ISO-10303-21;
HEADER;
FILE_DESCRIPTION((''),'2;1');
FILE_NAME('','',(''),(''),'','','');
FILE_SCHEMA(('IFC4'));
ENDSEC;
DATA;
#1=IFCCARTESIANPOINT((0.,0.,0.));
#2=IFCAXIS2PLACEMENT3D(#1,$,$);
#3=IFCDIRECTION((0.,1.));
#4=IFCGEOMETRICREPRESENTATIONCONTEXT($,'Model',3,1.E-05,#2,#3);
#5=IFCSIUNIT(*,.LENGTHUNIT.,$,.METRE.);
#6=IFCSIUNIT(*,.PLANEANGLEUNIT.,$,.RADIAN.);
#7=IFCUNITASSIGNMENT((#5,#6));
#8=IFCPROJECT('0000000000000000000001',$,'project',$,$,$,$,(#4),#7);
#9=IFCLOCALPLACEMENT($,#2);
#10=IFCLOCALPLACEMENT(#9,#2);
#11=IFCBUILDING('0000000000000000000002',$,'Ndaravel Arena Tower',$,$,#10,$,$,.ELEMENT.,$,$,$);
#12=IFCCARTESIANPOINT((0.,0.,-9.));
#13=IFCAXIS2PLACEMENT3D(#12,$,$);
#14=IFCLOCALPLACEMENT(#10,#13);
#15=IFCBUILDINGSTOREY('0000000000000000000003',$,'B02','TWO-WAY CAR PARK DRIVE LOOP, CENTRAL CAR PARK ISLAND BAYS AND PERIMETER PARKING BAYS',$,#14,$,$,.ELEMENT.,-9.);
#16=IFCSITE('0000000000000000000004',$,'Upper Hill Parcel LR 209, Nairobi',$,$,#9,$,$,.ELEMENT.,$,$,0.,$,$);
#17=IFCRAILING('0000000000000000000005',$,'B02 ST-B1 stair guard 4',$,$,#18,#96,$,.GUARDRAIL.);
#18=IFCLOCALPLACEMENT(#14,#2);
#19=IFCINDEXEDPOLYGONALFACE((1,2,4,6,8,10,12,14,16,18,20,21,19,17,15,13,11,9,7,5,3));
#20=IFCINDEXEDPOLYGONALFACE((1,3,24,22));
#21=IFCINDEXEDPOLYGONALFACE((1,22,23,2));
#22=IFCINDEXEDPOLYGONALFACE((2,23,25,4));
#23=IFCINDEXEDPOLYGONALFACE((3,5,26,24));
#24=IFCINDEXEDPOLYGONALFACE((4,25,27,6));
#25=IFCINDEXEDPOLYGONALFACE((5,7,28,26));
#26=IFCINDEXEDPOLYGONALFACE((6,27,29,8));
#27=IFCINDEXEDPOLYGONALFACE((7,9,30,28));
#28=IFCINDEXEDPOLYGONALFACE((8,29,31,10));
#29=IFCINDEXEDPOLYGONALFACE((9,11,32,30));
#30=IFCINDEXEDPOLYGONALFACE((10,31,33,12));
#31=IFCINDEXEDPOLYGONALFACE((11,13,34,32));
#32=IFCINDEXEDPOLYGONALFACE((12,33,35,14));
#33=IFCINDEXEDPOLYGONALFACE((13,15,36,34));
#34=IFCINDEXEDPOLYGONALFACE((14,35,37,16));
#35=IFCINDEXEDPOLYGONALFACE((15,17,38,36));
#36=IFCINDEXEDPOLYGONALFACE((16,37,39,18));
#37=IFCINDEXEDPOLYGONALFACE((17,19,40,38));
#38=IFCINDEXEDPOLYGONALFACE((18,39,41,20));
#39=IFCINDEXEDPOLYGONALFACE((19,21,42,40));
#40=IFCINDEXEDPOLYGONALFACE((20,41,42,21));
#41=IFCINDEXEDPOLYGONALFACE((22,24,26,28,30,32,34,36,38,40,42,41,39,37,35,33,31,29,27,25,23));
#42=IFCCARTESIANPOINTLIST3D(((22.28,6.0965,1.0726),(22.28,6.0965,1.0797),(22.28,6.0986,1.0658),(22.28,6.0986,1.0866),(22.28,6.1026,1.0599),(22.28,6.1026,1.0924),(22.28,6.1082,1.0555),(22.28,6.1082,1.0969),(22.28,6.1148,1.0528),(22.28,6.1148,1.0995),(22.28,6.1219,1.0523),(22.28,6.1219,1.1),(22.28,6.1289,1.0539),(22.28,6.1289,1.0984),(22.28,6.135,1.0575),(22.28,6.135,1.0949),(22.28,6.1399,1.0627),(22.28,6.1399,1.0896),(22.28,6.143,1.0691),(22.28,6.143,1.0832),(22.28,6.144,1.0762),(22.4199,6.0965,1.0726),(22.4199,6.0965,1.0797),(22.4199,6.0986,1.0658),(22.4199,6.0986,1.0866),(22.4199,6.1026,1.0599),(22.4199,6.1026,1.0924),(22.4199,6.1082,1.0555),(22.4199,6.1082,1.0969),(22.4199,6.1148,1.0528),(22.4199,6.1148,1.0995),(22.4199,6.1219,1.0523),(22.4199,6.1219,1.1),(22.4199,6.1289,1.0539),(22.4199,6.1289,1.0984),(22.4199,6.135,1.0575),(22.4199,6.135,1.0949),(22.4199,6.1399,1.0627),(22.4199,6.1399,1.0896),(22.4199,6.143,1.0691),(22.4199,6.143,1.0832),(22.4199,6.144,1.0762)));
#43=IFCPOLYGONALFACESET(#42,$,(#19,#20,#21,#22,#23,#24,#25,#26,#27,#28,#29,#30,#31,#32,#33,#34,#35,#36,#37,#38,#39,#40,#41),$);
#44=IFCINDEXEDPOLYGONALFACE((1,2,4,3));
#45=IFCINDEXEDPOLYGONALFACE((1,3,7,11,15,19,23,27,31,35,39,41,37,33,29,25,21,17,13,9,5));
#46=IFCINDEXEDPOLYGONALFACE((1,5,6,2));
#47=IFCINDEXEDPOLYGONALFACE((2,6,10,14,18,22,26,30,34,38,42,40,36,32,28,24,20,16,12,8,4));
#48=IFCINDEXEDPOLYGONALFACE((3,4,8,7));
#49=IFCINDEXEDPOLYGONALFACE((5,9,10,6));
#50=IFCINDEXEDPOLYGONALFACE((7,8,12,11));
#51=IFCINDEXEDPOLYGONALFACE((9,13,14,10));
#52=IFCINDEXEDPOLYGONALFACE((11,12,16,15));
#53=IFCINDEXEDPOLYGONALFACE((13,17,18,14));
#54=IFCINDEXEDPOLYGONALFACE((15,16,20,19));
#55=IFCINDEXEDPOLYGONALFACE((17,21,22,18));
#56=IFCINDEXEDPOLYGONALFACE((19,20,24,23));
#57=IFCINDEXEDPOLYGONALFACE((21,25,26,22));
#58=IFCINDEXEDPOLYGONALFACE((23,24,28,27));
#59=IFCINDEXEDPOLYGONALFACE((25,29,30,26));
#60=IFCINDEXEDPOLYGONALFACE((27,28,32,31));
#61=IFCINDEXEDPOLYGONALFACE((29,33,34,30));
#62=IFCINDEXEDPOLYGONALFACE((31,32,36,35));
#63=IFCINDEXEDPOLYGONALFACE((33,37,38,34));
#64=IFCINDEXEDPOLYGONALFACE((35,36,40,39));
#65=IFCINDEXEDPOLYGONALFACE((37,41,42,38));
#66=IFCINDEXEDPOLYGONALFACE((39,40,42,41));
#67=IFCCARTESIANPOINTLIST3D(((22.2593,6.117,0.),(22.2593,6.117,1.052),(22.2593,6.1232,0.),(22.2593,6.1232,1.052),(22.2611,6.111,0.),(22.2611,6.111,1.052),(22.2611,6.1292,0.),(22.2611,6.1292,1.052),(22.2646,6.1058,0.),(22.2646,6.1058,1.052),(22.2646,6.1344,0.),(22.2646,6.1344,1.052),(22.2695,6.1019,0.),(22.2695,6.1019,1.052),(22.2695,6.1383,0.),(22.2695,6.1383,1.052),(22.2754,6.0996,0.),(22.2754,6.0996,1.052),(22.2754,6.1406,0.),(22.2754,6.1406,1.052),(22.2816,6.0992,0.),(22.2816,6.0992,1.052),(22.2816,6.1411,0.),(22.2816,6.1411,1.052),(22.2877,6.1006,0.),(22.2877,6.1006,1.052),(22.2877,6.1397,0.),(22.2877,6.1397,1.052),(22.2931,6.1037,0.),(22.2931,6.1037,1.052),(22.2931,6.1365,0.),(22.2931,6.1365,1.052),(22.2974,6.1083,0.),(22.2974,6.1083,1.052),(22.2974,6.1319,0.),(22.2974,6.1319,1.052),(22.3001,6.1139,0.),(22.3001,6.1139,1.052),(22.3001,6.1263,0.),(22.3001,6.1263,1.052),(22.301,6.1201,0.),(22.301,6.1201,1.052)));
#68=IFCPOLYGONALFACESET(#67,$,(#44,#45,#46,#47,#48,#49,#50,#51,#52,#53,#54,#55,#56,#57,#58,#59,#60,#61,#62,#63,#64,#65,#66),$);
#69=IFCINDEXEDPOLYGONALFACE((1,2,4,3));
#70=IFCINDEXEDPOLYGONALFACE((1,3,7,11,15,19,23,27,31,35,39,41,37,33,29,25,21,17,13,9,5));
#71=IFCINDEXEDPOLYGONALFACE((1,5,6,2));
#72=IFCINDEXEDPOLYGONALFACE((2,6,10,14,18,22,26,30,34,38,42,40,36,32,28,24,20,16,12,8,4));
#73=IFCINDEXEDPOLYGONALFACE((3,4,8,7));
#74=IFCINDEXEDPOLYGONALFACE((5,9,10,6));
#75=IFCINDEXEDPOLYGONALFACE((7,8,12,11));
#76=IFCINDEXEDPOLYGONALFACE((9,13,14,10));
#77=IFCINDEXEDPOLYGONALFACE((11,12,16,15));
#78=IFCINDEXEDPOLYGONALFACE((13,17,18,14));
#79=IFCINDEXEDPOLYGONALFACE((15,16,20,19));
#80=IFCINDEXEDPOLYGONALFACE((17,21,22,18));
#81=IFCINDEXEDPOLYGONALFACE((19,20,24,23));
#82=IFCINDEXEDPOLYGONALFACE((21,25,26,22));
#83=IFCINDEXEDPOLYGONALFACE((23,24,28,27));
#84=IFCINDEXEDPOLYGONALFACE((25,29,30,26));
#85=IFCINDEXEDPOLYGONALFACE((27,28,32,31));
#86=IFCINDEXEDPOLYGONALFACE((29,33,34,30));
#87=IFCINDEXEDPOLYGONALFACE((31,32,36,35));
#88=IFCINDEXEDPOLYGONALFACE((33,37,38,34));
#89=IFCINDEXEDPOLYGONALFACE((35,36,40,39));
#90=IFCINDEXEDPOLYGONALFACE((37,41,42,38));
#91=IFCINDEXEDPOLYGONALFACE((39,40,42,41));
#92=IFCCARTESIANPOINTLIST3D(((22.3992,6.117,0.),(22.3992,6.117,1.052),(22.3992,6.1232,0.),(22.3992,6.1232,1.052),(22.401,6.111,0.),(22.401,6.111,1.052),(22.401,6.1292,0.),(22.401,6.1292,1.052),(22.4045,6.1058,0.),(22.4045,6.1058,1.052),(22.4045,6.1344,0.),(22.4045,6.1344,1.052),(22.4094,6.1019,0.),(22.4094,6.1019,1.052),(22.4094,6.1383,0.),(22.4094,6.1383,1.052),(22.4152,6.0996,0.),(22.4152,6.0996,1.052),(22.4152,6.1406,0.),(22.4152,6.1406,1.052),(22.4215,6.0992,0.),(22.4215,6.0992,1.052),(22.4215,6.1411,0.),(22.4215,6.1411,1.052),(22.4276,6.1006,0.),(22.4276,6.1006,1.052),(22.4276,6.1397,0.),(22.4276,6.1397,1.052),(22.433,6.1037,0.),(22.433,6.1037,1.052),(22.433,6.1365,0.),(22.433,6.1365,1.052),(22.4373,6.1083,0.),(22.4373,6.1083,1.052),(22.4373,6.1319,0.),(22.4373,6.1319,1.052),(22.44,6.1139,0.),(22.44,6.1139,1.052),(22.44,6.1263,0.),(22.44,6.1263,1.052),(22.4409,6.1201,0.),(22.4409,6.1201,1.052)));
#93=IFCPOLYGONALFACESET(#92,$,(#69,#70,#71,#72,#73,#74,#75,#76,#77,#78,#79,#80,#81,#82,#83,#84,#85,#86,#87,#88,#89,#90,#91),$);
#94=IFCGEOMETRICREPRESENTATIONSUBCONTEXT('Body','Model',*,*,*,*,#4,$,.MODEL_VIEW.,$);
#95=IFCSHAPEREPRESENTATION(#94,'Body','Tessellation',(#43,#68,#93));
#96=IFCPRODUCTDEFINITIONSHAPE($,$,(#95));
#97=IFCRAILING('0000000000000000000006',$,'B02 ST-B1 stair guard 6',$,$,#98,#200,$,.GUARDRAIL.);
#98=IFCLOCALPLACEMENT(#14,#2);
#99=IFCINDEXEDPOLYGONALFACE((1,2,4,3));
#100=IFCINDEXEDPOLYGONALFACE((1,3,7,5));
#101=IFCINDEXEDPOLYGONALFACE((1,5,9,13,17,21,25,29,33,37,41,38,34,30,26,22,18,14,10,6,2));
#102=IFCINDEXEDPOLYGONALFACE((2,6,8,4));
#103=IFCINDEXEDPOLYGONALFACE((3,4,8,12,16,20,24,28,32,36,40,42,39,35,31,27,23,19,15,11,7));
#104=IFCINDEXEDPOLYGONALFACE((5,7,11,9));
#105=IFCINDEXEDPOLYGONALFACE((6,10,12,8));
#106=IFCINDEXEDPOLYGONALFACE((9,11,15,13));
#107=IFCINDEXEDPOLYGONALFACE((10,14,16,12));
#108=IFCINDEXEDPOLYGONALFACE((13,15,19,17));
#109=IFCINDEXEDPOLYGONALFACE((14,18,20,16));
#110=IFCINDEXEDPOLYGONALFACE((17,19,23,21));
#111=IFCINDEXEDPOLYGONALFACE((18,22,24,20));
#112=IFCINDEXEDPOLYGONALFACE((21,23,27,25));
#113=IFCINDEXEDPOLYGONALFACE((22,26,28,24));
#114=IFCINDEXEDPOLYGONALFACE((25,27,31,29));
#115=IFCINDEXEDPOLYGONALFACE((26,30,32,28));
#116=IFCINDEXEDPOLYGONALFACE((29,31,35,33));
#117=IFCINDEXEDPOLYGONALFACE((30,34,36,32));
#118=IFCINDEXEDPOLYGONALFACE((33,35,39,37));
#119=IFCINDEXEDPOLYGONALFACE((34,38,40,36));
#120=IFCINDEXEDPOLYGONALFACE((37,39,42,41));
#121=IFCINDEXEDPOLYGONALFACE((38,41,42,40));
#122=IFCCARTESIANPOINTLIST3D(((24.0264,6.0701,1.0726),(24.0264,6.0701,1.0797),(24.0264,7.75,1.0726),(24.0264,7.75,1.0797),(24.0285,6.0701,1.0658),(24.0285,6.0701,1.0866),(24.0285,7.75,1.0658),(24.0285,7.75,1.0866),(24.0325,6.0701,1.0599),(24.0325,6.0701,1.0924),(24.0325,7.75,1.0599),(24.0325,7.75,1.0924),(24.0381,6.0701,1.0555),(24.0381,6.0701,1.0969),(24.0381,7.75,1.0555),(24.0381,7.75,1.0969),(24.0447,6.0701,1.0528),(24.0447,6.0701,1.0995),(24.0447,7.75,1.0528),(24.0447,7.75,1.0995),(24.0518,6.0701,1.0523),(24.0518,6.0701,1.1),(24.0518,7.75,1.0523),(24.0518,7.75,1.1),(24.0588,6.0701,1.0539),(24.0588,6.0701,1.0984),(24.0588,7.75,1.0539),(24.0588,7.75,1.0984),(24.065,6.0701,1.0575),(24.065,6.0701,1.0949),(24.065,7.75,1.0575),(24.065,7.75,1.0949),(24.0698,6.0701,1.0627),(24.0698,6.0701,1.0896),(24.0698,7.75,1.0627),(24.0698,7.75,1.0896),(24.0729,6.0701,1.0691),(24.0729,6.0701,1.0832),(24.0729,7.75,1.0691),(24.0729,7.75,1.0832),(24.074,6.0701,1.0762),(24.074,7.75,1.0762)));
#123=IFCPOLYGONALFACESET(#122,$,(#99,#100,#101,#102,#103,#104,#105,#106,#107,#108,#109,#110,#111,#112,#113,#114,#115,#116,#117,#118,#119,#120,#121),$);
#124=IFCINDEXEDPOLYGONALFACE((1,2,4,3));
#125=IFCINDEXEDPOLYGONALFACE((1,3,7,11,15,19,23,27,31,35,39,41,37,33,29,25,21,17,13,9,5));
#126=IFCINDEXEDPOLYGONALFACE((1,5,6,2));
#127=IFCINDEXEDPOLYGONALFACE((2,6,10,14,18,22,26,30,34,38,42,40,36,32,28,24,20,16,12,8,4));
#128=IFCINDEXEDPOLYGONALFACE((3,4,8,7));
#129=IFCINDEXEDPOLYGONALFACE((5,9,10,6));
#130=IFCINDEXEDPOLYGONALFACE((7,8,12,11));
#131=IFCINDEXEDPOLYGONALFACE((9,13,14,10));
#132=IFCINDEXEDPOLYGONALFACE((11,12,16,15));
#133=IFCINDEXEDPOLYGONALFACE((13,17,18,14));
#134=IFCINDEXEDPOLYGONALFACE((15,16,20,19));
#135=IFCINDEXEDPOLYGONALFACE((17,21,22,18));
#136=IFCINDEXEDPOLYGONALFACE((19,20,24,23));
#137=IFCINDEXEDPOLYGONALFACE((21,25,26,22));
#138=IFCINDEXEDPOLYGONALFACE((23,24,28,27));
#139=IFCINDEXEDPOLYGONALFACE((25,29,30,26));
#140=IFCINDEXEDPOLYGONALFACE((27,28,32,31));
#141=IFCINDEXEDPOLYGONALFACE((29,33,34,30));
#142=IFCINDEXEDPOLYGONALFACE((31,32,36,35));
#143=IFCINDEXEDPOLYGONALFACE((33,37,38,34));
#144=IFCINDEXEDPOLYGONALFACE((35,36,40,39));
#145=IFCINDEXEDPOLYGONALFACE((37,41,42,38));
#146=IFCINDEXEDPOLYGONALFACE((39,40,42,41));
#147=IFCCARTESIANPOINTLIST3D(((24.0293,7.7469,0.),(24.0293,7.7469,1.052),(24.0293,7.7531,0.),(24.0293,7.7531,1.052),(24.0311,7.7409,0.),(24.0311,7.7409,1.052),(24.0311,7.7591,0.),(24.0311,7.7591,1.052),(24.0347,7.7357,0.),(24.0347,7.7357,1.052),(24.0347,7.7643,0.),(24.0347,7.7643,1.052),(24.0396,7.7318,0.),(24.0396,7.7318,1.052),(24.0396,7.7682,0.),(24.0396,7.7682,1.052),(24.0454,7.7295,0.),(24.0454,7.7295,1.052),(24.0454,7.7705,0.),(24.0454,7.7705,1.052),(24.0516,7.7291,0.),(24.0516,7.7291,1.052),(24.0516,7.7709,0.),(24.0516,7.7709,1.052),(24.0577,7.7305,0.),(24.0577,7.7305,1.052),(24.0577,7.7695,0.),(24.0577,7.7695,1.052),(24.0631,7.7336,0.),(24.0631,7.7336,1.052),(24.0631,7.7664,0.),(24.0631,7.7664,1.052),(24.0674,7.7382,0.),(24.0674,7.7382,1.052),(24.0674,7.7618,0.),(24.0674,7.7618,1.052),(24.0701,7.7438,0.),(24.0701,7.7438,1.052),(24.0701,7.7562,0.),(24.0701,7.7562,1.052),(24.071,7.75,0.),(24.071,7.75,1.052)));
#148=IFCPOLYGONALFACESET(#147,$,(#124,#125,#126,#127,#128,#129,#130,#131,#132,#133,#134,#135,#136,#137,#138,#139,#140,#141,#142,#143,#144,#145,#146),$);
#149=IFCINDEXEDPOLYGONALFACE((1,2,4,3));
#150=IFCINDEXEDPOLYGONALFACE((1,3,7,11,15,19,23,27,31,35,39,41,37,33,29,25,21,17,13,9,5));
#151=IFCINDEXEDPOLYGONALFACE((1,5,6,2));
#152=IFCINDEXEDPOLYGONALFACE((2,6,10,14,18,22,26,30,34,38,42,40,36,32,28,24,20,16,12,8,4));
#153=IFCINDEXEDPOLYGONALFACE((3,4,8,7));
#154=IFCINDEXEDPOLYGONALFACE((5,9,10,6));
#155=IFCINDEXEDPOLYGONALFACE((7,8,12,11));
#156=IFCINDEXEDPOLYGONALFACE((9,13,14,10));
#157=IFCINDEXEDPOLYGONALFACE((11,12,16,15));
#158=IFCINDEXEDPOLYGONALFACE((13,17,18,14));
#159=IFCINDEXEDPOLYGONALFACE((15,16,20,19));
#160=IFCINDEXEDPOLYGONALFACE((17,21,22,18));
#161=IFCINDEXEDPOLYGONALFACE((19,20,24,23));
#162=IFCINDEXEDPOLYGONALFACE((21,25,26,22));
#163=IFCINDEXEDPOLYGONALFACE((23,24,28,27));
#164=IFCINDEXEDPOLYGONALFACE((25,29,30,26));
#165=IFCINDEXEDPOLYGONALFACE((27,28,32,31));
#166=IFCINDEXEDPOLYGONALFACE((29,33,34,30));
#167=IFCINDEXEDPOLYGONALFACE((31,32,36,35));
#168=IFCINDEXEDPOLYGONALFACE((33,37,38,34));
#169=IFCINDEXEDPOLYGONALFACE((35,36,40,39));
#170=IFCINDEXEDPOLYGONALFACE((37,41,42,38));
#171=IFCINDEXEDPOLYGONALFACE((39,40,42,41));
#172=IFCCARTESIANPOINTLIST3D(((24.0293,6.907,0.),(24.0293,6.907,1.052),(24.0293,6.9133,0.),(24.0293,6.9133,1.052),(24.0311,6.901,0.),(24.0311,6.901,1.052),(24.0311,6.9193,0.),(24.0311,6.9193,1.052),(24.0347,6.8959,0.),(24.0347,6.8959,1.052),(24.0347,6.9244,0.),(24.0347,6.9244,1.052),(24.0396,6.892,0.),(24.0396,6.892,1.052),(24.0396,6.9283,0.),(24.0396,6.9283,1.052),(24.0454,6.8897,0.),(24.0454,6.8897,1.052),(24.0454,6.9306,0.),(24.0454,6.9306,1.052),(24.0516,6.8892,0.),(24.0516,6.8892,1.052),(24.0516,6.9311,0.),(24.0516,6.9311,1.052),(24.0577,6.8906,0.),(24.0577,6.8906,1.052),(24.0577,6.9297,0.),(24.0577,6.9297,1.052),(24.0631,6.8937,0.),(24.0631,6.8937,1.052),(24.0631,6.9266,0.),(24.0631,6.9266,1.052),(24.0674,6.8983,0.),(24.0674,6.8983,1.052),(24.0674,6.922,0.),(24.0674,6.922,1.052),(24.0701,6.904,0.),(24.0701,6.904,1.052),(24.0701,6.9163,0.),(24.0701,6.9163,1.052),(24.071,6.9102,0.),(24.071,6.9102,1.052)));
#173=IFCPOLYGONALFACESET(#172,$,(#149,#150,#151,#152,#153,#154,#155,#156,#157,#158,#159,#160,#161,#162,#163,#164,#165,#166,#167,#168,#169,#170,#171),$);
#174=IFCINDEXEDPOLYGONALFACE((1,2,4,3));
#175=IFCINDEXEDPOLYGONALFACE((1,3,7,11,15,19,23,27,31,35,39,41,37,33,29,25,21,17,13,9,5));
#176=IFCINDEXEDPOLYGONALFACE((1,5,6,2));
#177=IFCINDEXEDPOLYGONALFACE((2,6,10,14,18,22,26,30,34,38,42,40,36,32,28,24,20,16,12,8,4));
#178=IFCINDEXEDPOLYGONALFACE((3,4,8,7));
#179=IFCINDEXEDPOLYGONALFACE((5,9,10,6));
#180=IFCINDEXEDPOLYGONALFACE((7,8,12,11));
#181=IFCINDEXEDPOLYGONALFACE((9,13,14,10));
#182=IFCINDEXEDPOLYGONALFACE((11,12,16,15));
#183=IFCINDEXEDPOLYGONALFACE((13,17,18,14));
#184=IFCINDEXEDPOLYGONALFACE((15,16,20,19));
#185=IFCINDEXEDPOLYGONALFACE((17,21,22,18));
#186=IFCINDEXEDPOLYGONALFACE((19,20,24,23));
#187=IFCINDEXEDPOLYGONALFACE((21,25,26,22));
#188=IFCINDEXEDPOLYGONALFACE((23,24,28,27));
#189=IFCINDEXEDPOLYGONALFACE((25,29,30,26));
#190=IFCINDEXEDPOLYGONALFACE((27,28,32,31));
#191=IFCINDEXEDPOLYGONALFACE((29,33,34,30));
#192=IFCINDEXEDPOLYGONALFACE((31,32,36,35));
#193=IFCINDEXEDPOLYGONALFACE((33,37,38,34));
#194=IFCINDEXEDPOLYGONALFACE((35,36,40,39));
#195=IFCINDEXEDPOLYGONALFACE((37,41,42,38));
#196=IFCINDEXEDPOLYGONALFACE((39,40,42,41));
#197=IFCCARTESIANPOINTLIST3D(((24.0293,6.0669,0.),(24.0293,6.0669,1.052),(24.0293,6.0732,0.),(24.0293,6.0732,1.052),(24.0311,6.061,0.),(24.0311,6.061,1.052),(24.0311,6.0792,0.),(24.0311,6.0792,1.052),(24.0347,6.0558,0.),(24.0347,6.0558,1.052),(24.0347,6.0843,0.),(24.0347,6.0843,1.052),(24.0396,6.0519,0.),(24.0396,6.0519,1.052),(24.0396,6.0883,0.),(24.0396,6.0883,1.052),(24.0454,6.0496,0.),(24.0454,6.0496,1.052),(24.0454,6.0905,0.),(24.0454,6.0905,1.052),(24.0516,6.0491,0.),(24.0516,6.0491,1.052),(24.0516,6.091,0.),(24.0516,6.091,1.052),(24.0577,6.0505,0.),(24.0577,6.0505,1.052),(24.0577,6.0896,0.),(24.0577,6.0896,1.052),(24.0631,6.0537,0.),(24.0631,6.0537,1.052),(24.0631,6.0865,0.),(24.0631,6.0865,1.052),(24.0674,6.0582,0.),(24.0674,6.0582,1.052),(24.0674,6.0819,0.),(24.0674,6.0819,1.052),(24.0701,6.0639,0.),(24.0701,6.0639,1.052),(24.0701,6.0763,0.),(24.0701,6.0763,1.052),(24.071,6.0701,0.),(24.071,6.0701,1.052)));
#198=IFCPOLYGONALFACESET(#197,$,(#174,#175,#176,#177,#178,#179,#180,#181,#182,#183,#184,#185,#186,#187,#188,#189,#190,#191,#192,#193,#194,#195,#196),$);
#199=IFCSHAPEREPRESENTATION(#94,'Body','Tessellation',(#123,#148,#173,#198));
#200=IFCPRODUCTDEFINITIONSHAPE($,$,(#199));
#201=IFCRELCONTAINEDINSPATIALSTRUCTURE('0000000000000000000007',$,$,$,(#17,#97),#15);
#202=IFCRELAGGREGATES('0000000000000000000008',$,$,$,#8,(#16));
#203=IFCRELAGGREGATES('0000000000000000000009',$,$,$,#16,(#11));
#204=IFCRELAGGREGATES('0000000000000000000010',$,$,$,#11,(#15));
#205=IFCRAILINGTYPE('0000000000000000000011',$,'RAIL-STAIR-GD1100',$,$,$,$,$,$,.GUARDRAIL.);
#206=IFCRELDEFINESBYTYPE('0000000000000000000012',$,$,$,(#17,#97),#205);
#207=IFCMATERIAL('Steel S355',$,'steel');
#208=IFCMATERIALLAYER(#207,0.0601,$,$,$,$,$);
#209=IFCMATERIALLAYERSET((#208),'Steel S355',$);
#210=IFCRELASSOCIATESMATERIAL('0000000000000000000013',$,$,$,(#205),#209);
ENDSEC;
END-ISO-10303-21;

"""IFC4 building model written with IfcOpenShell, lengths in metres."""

from ifc_helpers import new_model, si_unit, direction, frame, origin, origin_2d, place, context, subcontext, project, spatial, circle, extrude, material, layer, layer_set, type_object, element, save


model = new_model("IFC4")

# Units and contexts
model_context = context("Model", 3, precision=1e-05, world=origin(), true_north=direction((0.0, 1.0)))
body_context = subcontext(model_context, "Body", "Model", "MODEL_VIEW")
ifc_project = project(units=[si_unit("LENGTHUNIT", "METRE"), si_unit("PLANEANGLEUNIT", "RADIAN")], contexts=[model_context])

# Site, building, storey
site_placement = place(None, origin())
site = spatial("IfcSite", under=ifc_project, at=site_placement, Name="Upper Hill Parcel LR 209, Nairobi", CompositionType="ELEMENT", RefElevation=0.0)
building_placement = place(site_placement, origin())
building = spatial("IfcBuilding", under=site, at=building_placement, Name="Ndaravel Arena Tower", CompositionType="ELEMENT")
storey_placement = place(building_placement, frame((0.0, 0.0, -9.0)))
storey = spatial("IfcBuildingStorey", under=building, at=storey_placement, Name="B02", Description="TWO-WAY CAR PARK DRIVE LOOP, CENTRAL CAR PARK ISLAND BAYS AND PERIMETER PARKING BAYS", CompositionType="ELEMENT", Elevation=-9.0)

# Railings
ifc_material_1 = material(Name="Steel S355", Category="steel")
ifc_layer_1 = layer(ifc_material_1, 0.0601)
ifc_layer_set_1 = layer_set([ifc_layer_1], Name="Steel S355")
railing_type_1 = type_object("IfcRailingType", Name="RAIL-STAIR-GD1100", PredefinedType="GUARDRAIL", material=ifc_layer_set_1)
railing_1_placement = place(storey_placement, frame((22.28, 6.1201, 0.0)))
element("IfcRailing", 1, at=railing_1_placement, inside=storey, type_object=railing_type_1, Name="B02 ST-B1 stair guard 4", PredefinedType="GUARDRAIL", context=body_context, shape_type="SweptSolid", body=[
    extrude(circle(Radius=0.0239, at=origin_2d()), frame((0.0, 0.0, 1.0762), z_axis=(1.0, 0.0, 0.0), x_axis=(0.0, 1.0, 0.0)), (0.0, 0.0, 1.0), 0.1399),
    extrude(circle(Radius=0.021, at=origin_2d()), origin(), (0.0, 0.0, 1.0), 1.052),
    extrude(circle(Radius=0.021, at=origin_2d()), frame((0.1399, 0.0, 0.0)), (0.0, 0.0, 1.0), 1.052),
])
railing_2_placement = place(storey_placement, frame((24.05, 7.75, 0.0)))
element("IfcRailing", 2, at=railing_2_placement, inside=storey, type_object=railing_type_1, Name="B02 ST-B1 stair guard 6", PredefinedType="GUARDRAIL", context=body_context, shape_type="SweptSolid", body=[
    extrude(circle(Radius=0.0239, at=origin_2d()), frame((0.0, 0.0, 1.0762), z_axis=(0.0, -1.0, 0.0), x_axis=(1.0, 0.0, 0.0)), (0.0, 0.0, 1.0), 1.6799),
    extrude(circle(Radius=0.021, at=origin_2d()), origin(), (0.0, 0.0, 1.0), 1.052),
    extrude(circle(Radius=0.021, at=origin_2d()), frame((0.0, -0.8398, 0.0)), (0.0, 0.0, 1.0), 1.052),
    extrude(circle(Radius=0.021, at=origin_2d()), frame((0.0, -1.6799, 0.0)), (0.0, 0.0, 1.0), 1.052),
])

save(model, "model.ifc")
